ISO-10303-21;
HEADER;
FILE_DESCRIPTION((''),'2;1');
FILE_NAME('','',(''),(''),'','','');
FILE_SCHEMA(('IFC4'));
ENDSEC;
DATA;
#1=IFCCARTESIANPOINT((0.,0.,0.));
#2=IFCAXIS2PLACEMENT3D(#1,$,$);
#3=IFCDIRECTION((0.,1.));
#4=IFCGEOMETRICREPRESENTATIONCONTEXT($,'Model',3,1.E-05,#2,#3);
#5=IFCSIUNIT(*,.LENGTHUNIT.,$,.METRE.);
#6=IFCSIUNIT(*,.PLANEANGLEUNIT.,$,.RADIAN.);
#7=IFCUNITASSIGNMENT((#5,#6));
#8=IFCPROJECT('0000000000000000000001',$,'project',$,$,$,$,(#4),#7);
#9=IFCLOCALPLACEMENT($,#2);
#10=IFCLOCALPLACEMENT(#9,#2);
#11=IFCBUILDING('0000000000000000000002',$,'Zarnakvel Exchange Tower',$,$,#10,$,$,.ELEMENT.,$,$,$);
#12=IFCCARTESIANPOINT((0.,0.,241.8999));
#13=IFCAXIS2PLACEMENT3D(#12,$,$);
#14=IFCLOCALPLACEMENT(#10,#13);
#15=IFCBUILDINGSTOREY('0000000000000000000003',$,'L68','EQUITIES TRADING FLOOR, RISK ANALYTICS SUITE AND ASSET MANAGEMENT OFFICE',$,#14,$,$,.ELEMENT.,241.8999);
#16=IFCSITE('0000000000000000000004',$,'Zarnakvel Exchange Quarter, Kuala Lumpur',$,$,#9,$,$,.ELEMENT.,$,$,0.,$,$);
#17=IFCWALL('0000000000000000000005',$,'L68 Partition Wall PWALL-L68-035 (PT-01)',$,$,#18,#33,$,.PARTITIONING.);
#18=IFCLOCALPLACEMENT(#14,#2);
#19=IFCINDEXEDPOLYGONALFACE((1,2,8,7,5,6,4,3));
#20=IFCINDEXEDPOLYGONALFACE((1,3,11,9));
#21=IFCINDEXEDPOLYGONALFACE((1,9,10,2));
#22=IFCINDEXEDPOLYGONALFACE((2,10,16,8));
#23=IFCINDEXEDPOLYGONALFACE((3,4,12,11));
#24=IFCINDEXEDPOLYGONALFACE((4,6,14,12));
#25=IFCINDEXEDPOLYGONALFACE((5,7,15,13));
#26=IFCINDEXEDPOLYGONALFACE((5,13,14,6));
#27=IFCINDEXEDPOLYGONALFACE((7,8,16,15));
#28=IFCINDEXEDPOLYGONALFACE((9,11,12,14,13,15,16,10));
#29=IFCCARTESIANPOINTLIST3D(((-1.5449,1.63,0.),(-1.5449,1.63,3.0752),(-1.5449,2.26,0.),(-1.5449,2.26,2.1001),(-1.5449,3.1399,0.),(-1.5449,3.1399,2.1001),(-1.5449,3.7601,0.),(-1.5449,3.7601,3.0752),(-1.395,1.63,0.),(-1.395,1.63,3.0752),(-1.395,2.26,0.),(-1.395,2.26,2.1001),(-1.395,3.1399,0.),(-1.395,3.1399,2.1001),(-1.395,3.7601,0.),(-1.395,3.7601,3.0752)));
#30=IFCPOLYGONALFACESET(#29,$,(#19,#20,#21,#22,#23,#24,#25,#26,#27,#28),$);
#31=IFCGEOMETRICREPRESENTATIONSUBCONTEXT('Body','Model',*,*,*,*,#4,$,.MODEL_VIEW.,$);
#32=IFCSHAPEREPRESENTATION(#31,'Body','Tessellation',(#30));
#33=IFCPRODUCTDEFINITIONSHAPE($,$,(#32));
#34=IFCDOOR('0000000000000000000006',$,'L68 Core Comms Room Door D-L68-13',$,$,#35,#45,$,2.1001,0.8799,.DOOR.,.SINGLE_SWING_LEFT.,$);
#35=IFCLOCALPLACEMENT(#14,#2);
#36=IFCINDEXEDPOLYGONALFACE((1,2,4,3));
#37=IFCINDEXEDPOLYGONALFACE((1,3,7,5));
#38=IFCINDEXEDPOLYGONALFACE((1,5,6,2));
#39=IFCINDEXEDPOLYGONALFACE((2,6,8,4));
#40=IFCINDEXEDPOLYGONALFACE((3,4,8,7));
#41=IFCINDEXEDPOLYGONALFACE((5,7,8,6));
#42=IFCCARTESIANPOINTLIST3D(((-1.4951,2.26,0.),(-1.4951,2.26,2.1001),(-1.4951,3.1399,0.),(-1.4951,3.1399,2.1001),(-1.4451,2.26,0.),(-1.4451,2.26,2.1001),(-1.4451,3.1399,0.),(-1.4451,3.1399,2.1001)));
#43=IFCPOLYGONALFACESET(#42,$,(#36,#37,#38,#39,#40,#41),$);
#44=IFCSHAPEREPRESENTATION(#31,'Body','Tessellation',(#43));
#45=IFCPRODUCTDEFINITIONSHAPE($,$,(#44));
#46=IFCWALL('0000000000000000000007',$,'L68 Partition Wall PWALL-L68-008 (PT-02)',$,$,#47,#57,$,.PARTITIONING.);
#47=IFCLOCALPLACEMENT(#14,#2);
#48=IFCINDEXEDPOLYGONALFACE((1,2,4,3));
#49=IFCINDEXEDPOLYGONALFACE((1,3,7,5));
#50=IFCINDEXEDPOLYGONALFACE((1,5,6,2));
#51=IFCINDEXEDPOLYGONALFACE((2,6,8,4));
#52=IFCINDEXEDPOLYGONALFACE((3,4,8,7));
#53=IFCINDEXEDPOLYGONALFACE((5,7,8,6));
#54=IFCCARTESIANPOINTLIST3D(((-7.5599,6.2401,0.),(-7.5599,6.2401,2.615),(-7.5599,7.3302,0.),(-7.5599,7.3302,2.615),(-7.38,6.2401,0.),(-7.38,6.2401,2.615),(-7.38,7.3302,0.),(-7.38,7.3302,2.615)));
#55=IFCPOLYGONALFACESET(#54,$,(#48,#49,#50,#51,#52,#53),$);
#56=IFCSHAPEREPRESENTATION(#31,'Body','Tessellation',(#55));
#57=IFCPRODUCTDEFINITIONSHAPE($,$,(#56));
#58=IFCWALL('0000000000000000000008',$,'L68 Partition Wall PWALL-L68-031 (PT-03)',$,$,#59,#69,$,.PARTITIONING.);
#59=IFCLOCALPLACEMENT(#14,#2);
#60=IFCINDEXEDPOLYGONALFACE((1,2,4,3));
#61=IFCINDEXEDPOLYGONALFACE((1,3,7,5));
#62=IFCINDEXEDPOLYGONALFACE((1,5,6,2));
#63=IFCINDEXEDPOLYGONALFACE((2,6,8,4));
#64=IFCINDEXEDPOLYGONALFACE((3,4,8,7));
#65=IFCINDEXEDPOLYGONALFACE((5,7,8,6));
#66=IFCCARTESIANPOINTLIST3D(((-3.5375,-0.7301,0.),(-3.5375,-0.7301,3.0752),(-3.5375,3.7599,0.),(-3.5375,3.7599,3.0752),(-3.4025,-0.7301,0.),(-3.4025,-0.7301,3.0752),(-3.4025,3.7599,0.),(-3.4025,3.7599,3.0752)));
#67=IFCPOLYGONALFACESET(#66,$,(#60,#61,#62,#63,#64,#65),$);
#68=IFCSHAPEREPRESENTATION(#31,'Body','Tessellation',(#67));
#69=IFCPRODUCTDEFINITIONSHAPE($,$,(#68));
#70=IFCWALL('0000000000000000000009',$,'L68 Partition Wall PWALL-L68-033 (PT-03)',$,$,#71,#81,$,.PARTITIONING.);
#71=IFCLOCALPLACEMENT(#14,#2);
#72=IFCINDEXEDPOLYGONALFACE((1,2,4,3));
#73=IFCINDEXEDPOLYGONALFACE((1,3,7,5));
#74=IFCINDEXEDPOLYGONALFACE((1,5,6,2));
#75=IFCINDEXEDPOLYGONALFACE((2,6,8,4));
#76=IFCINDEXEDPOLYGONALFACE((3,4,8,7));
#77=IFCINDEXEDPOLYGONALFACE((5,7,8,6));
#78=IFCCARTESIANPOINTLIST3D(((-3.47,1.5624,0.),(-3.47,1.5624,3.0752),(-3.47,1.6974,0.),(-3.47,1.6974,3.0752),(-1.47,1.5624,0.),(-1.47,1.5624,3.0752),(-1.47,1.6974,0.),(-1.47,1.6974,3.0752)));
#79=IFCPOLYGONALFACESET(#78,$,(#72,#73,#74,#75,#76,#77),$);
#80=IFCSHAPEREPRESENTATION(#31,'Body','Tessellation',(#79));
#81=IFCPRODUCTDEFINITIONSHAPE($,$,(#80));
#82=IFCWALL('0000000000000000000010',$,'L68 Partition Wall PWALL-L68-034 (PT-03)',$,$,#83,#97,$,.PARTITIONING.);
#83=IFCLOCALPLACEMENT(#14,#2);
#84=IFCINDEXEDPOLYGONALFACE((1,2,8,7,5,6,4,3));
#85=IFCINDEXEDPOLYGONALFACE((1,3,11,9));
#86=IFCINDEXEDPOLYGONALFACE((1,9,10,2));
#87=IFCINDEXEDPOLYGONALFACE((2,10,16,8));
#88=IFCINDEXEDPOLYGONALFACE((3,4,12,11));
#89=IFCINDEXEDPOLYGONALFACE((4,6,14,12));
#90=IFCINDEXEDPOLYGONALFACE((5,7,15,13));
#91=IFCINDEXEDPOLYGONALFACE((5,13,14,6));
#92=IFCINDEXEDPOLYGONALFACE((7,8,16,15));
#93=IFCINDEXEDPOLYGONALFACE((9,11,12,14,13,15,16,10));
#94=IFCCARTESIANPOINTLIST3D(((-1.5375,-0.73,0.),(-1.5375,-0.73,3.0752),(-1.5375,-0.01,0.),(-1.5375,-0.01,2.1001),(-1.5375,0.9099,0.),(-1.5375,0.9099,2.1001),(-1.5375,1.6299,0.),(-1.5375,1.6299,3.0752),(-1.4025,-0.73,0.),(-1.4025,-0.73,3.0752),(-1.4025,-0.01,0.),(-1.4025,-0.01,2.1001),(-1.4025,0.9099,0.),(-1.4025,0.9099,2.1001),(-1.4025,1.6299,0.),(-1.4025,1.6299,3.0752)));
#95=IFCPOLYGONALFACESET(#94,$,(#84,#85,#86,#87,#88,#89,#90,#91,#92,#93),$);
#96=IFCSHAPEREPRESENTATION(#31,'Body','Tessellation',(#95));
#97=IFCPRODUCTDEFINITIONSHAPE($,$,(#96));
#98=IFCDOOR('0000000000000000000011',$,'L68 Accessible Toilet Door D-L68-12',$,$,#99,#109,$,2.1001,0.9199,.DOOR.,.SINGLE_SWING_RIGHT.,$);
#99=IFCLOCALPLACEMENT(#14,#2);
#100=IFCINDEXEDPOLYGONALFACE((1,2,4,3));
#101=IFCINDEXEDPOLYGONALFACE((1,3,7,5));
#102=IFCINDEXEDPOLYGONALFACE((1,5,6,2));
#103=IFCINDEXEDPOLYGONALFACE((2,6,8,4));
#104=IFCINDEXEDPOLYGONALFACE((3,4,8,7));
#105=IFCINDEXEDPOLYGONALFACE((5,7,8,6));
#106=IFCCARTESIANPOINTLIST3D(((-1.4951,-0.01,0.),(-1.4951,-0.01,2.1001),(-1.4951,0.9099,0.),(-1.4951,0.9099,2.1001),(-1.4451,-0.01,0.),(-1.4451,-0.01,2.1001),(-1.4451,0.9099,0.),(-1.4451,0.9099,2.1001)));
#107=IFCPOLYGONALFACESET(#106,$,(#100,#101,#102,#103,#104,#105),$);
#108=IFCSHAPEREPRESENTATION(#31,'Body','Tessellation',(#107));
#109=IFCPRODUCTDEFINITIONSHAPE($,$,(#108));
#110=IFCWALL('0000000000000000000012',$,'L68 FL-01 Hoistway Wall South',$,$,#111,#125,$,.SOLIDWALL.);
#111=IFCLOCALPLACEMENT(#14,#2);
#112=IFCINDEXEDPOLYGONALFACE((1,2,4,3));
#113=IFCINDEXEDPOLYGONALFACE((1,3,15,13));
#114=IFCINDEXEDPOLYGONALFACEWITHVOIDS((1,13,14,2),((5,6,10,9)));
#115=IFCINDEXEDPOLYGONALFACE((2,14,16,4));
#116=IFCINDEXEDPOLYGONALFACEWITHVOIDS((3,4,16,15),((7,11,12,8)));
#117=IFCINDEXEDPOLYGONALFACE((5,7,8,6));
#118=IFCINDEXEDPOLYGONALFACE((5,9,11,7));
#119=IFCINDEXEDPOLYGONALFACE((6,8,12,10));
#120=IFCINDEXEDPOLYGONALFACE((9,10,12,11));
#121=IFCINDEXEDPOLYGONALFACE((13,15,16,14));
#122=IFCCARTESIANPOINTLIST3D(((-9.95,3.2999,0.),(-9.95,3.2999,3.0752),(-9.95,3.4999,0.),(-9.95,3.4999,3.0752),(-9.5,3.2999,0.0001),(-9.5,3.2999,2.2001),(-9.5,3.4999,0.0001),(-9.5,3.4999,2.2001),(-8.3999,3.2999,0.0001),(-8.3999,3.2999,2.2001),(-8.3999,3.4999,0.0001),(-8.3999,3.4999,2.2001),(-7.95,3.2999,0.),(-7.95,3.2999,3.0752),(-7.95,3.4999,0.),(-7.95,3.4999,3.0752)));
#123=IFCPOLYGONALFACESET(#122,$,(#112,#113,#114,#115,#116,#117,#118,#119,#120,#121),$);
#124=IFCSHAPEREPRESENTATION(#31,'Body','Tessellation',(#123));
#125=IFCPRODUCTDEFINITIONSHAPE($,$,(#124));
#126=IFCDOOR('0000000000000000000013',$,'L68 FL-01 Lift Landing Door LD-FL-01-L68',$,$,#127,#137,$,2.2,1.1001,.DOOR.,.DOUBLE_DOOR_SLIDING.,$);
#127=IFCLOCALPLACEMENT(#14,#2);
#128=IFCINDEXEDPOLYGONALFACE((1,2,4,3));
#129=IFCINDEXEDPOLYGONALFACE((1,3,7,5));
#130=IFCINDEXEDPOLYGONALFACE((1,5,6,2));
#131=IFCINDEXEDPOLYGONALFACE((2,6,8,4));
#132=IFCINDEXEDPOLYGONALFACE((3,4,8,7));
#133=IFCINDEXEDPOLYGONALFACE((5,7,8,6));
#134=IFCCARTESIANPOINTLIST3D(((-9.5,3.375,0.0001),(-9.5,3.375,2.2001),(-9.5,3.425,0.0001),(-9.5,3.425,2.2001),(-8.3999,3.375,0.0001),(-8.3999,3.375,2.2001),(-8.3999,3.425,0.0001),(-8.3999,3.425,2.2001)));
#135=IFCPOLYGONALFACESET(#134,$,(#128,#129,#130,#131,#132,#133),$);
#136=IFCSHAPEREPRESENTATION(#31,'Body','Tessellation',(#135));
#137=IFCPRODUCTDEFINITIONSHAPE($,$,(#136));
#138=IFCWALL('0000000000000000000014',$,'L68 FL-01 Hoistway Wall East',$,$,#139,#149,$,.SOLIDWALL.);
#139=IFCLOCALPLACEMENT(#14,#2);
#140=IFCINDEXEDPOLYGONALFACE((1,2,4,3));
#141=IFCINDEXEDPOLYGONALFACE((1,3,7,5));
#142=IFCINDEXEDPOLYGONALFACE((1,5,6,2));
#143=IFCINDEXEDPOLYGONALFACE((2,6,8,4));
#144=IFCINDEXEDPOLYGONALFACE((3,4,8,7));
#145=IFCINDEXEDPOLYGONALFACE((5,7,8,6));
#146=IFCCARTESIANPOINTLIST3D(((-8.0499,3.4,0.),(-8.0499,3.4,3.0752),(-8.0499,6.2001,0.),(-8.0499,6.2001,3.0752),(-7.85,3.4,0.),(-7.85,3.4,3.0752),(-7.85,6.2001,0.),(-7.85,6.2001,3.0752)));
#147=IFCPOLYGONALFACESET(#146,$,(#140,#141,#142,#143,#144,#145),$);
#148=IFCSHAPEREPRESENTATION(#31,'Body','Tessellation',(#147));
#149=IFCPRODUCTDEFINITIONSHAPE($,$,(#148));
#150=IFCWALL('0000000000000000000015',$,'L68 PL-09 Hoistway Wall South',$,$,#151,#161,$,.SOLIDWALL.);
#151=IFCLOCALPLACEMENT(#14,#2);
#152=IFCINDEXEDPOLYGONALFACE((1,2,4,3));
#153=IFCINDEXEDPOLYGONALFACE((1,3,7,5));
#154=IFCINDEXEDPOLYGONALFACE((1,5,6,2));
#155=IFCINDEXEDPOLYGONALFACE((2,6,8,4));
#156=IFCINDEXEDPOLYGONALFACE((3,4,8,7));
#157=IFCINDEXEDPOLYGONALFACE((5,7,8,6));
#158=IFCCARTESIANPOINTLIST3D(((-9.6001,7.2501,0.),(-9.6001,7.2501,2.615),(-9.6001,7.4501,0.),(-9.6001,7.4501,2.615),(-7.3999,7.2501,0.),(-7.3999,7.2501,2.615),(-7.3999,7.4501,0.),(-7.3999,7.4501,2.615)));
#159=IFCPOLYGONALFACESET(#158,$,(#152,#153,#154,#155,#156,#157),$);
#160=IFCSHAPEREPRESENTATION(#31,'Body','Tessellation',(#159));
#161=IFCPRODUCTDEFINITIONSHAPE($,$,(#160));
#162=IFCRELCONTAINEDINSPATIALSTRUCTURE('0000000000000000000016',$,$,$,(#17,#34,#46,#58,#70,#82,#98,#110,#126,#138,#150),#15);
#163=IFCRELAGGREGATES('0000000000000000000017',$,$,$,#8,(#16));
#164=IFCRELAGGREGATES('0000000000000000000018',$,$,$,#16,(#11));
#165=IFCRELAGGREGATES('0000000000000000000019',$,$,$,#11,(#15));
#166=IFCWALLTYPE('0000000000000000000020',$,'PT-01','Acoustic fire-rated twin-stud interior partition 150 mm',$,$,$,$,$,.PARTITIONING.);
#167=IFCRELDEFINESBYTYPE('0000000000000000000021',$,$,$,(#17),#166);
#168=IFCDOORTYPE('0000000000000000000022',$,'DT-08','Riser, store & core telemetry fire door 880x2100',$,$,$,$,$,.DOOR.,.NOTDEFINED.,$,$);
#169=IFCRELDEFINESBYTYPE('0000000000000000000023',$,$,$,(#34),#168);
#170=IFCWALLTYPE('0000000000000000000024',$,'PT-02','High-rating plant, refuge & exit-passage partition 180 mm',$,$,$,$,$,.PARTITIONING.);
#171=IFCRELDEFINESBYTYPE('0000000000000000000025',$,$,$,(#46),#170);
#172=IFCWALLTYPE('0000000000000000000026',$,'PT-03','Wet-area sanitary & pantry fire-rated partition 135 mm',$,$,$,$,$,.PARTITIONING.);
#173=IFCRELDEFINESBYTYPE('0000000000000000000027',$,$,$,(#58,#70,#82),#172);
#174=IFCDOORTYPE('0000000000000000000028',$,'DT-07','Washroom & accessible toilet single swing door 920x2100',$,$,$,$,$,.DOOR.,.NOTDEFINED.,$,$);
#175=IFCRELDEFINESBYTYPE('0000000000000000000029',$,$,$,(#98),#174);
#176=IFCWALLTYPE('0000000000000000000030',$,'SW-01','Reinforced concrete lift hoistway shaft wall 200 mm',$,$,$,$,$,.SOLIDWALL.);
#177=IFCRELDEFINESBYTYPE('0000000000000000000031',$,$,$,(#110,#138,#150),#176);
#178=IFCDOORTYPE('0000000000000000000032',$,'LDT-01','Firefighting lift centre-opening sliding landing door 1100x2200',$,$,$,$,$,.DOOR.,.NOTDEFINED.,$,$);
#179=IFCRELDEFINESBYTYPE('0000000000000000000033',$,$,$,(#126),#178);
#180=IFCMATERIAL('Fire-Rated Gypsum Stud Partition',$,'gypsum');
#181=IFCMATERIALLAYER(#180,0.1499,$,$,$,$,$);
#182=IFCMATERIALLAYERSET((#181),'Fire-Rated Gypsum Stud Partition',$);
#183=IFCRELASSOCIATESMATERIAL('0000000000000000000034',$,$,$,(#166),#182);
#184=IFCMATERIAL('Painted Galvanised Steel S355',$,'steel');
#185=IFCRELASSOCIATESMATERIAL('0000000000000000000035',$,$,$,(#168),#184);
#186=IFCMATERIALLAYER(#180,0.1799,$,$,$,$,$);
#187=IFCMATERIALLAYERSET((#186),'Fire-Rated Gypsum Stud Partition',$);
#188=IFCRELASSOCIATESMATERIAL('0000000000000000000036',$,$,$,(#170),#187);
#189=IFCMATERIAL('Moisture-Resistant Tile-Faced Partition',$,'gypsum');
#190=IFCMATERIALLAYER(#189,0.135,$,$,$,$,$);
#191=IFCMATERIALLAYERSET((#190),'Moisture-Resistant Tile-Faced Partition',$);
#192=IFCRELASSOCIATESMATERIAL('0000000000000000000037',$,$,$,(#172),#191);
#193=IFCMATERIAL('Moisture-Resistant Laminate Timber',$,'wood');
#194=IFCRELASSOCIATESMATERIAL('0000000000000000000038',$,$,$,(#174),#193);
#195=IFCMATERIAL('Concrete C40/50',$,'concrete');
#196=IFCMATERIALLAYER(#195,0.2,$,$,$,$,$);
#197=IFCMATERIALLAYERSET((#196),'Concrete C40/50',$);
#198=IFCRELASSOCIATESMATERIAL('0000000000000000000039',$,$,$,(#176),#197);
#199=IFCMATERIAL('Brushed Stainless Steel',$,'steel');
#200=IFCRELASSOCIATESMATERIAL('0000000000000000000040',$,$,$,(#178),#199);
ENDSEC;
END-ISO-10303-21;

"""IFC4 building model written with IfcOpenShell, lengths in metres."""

from ifc_helpers import new_model, si_unit, direction, frame, frame_2d, origin, place, context, subcontext, project, spatial, rectangle, extrude, source, transform, mapped, material, layer, layer_set, type_object, element, fill, save


model = new_model("IFC4")

# Units and contexts
model_context = context("Model", 3, precision=1e-05, world=origin(), true_north=direction((0.0, 1.0)))
body_context = subcontext(model_context, "Body", "Model", "MODEL_VIEW")
ifc_project = project(units=[si_unit("LENGTHUNIT", "METRE"), si_unit("PLANEANGLEUNIT", "RADIAN")], contexts=[model_context])

# Site, building, storey
site_placement = place(None, origin())
site = spatial("IfcSite", under=ifc_project, at=site_placement, Name="Zarnakvel Exchange Quarter, Kuala Lumpur", CompositionType="ELEMENT", RefElevation=0.0)
building_placement = place(site_placement, origin())
building = spatial("IfcBuilding", under=site, at=building_placement, Name="Zarnakvel Exchange Tower", CompositionType="ELEMENT")
storey_placement = place(building_placement, frame((0.0, 0.0, 241.8999)))
storey = spatial("IfcBuildingStorey", under=building, at=storey_placement, Name="L68", Description="EQUITIES TRADING FLOOR, RISK ANALYTICS SUITE AND ASSET MANAGEMENT OFFICE", CompositionType="ELEMENT", Elevation=241.8999)

# Shared definitions
ifc_material_1 = material(Name="Concrete C40/50", Category="concrete")

# Shared definitions
ifc_material_2 = material(Name="Fire-Rated Gypsum Stud Partition", Category="gypsum")
ifc_layer_1 = layer(ifc_material_2, 0.1499)
ifc_layer_set_1 = layer_set([ifc_layer_1], Name="Fire-Rated Gypsum Stud Partition")
wall_type_1 = type_object("IfcWallType", Name="PT-01", Description="Acoustic fire-rated twin-stud interior partition 150 mm", PredefinedType="PARTITIONING", material=ifc_layer_set_1)

# Shared definitions
ifc_material_3 = material(Name="Painted Galvanised Steel S355", Category="steel")
door_type_1 = type_object("IfcDoorType", Name="DT-08", Description="Riser, store & core telemetry fire door 880x2100", OperationType="NOTDEFINED", PredefinedType="DOOR", material=ifc_material_3)
shared_shape_1 = source(origin(), body_context, "Body", "SweptSolid", [
    extrude(rectangle(XDim=0.8799, YDim=2.1001, at=frame_2d((0.4399, 1.05))), frame((0.0, 0.0249, 0.0), z_axis=(0.0, -1.0, 0.0), x_axis=(1.0, 0.0, 0.0)), (0.0, 0.0, 1.0), 0.05),
])

# Wall, opening, door
wall_1_placement = place(storey_placement, frame((-1.47, 3.76, 0.0), z_axis=(0.0, 0.0, 1.0), x_axis=(0.0, -1.0, 0.0)))
wall_1 = element("IfcWall", 1, at=wall_1_placement, inside=storey, type_object=wall_type_1, Name="L68 Partition Wall PWALL-L68-035 (PT-01)", PredefinedType="PARTITIONING", context=body_context, shape_type="SweptSolid", body=[
    extrude(rectangle(XDim=2.1301, YDim=0.1499, at=frame_2d((1.0649, 0.0))), origin(), (0.0, 0.0, 1.0), 3.0752),
])
opening_1_placement = place(wall_1_placement, frame((0.6201, 0.0, 0.0)))
opening_1 = element("IfcOpeningElement", 2, at=opening_1_placement, cuts=wall_1, PredefinedType="OPENING", context=body_context, shape_type="SweptSolid", body=[
    extrude(rectangle(XDim=0.8799, YDim=2.1001, at=frame_2d((0.4399, 1.05))), frame((0.0, 0.085, 0.0), z_axis=(0.0, -1.0, 0.0), x_axis=(1.0, 0.0, 0.0)), (0.0, 0.0, 1.0), 0.1699),
])
door_1_placement = place(opening_1_placement, origin())
door_1 = element("IfcDoor", 3, at=door_1_placement, inside=storey, type_object=door_type_1, Name="L68 Core Comms Room Door D-L68-13", OperationType="SINGLE_SWING_LEFT", OverallHeight=2.1001, OverallWidth=0.8799, PredefinedType="DOOR", context=body_context, shape_type="MappedRepresentation", body=[
    mapped(shared_shape_1, transform((0.0, 0.0, 0.0), x_axis=(1.0, 0.0, 0.0), y_axis=(0.0, 1.0, 0.0), z_axis=(0.0, 0.0, 1.0), scale=1.0)),
])
fill(opening_1, door_1)

# Walls
ifc_layer_2 = layer(ifc_material_2, 0.1799)
ifc_layer_set_2 = layer_set([ifc_layer_2], Name="Fire-Rated Gypsum Stud Partition")
wall_type_2 = type_object("IfcWallType", Name="PT-02", Description="High-rating plant, refuge & exit-passage partition 180 mm", PredefinedType="PARTITIONING", material=ifc_layer_set_2)
wall_2_placement = place(storey_placement, frame((-7.47, 7.3301, 0.0), z_axis=(0.0, 0.0, 1.0), x_axis=(0.0, -1.0, 0.0)))
element("IfcWall", 4, at=wall_2_placement, inside=storey, type_object=wall_type_2, Name="L68 Partition Wall PWALL-L68-008 (PT-02)", PredefinedType="PARTITIONING", context=body_context, shape_type="SweptSolid", body=[
    extrude(rectangle(XDim=1.0901, YDim=0.1799, at=frame_2d((0.5449, 0.0))), origin(), (0.0, 0.0, 1.0), 2.615),
])
ifc_material_4 = material(Name="Moisture-Resistant Tile-Faced Partition", Category="gypsum")
ifc_layer_3 = layer(ifc_material_4, 0.135)
ifc_layer_set_3 = layer_set([ifc_layer_3], Name="Moisture-Resistant Tile-Faced Partition")
wall_type_3 = type_object("IfcWallType", Name="PT-03", Description="Wet-area sanitary & pantry fire-rated partition 135 mm", PredefinedType="PARTITIONING", material=ifc_layer_set_3)
wall_3_placement = place(storey_placement, frame((-3.47, 3.76, 0.0), z_axis=(0.0, 0.0, 1.0), x_axis=(0.0, -1.0, 0.0)))
element("IfcWall", 5, at=wall_3_placement, inside=storey, type_object=wall_type_3, Name="L68 Partition Wall PWALL-L68-031 (PT-03)", PredefinedType="PARTITIONING", context=body_context, shape_type="SweptSolid", body=[
    extrude(rectangle(XDim=4.49, YDim=0.135, at=frame_2d((2.2451, 0.0))), origin(), (0.0, 0.0, 1.0), 3.0752),
])
wall_4_placement = place(storey_placement, frame((-3.47, 1.6299, 0.0), z_axis=(0.0, 0.0, 1.0), x_axis=(1.0, 0.0, 0.0)))
element("IfcWall", 6, at=wall_4_placement, inside=storey, type_object=wall_type_3, Name="L68 Partition Wall PWALL-L68-033 (PT-03)", PredefinedType="PARTITIONING", context=body_context, shape_type="SweptSolid", body=[
    extrude(rectangle(XDim=2.0, YDim=0.135, at=frame_2d((1.0, 0.0))), origin(), (0.0, 0.0, 1.0), 3.0752),
])

# Walls, openings, doors
wall_5_placement = place(storey_placement, frame((-1.47, 1.6299, 0.0), z_axis=(0.0, 0.0, 1.0), x_axis=(0.0, -1.0, 0.0)))
wall_5 = element("IfcWall", 7, at=wall_5_placement, inside=storey, type_object=wall_type_3, Name="L68 Partition Wall PWALL-L68-034 (PT-03)", PredefinedType="PARTITIONING", context=body_context, shape_type="SweptSolid", body=[
    extrude(rectangle(XDim=2.3599, YDim=0.135, at=frame_2d((1.1799, 0.0))), origin(), (0.0, 0.0, 1.0), 3.0752),
])
opening_2_placement = place(wall_5_placement, frame((0.72, 0.0, 0.0)))
opening_2 = element("IfcOpeningElement", 8, at=opening_2_placement, cuts=wall_5, PredefinedType="OPENING", context=body_context, shape_type="SweptSolid", body=[
    extrude(rectangle(XDim=0.9199, YDim=2.1001, at=frame_2d((0.46, 1.05))), frame((0.0, 0.0774, 0.0), z_axis=(0.0, -1.0, 0.0), x_axis=(1.0, 0.0, 0.0)), (0.0, 0.0, 1.0), 0.155),
])
ifc_material_5 = material(Name="Moisture-Resistant Laminate Timber", Category="wood")
door_type_2 = type_object("IfcDoorType", Name="DT-07", Description="Washroom & accessible toilet single swing door 920x2100", OperationType="NOTDEFINED", PredefinedType="DOOR", material=ifc_material_5)
shared_shape_2 = source(origin(), body_context, "Body", "SweptSolid", [
    extrude(rectangle(XDim=0.9199, YDim=2.1001, at=frame_2d((0.46, 1.05))), frame((0.0, 0.0249, 0.0), z_axis=(0.0, -1.0, 0.0), x_axis=(1.0, 0.0, 0.0)), (0.0, 0.0, 1.0), 0.05),
])
door_2_placement = place(opening_2_placement, origin())
door_2 = element("IfcDoor", 9, at=door_2_placement, inside=storey, type_object=door_type_2, Name="L68 Accessible Toilet Door D-L68-12", OperationType="SINGLE_SWING_RIGHT", OverallHeight=2.1001, OverallWidth=0.9199, PredefinedType="DOOR", context=body_context, shape_type="MappedRepresentation", body=[
    mapped(shared_shape_2, transform((0.0, 0.0, 0.0), x_axis=(1.0, 0.0, 0.0), y_axis=(0.0, 1.0, 0.0), z_axis=(0.0, 0.0, 1.0), scale=1.0)),
])
fill(opening_2, door_2)
ifc_layer_4 = layer(ifc_material_1, 0.2)
ifc_layer_set_4 = layer_set([ifc_layer_4], Name="Concrete C40/50")
wall_type_4 = type_object("IfcWallType", Name="SW-01", Description="Reinforced concrete lift hoistway shaft wall 200 mm", PredefinedType="SOLIDWALL", material=ifc_layer_set_4)
wall_6_placement = place(storey_placement, frame((-7.95, 3.3999, 0.0), z_axis=(0.0, 0.0, 1.0), x_axis=(-1.0, 0.0, 0.0)))
wall_6 = element("IfcWall", 10, at=wall_6_placement, inside=storey, type_object=wall_type_4, Name="L68 FL-01 Hoistway Wall South", PredefinedType="SOLIDWALL", context=body_context, shape_type="SweptSolid", body=[
    extrude(rectangle(XDim=2.0, YDim=0.2, at=frame_2d((1.0, 0.0))), origin(), (0.0, 0.0, 1.0), 3.0752),
])
opening_3_placement = place(wall_6_placement, frame((0.45, 0.0, 0.0)))
opening_3 = element("IfcOpeningElement", 11, at=opening_3_placement, cuts=wall_6, PredefinedType="OPENING", context=body_context, shape_type="SweptSolid", body=[
    extrude(rectangle(XDim=1.1001, YDim=2.2, at=frame_2d((0.55, 1.1001))), frame((0.0, 0.1099, 0.0), z_axis=(0.0, -1.0, 0.0), x_axis=(1.0, 0.0, 0.0)), (0.0, 0.0, 1.0), 0.22),
])
ifc_material_6 = material(Name="Brushed Stainless Steel", Category="steel")
door_type_3 = type_object("IfcDoorType", Name="LDT-01", Description="Firefighting lift centre-opening sliding landing door 1100x2200", OperationType="NOTDEFINED", PredefinedType="DOOR", material=ifc_material_6)
shared_shape_3 = source(origin(), body_context, "Body", "SweptSolid", [
    extrude(rectangle(XDim=1.1001, YDim=2.2, at=frame_2d((0.55, 1.1001))), frame((0.0, 0.0249, 0.0), z_axis=(0.0, -1.0, 0.0), x_axis=(1.0, 0.0, 0.0)), (0.0, 0.0, 1.0), 0.05),
])
door_3_placement = place(opening_3_placement, origin())
door_3 = element("IfcDoor", 12, at=door_3_placement, inside=storey, type_object=door_type_3, Name="L68 FL-01 Lift Landing Door LD-FL-01-L68", OperationType="DOUBLE_DOOR_SLIDING", OverallHeight=2.2, OverallWidth=1.1001, PredefinedType="DOOR", context=body_context, shape_type="MappedRepresentation", body=[
    mapped(shared_shape_3, transform((0.0, 0.0, 0.0), x_axis=(1.0, 0.0, 0.0), y_axis=(0.0, 1.0, 0.0), z_axis=(0.0, 0.0, 1.0), scale=1.0)),
])
fill(opening_3, door_3)

# Walls
wall_7_placement = place(storey_placement, frame((-7.95, 6.2, 0.0), z_axis=(0.0, 0.0, 1.0), x_axis=(0.0, -1.0, 0.0)))
element("IfcWall", 13, at=wall_7_placement, inside=storey, type_object=wall_type_4, Name="L68 FL-01 Hoistway Wall East", PredefinedType="SOLIDWALL", context=body_context, shape_type="SweptSolid", body=[
    extrude(rectangle(XDim=2.8, YDim=0.2, at=frame_2d((1.3999, 0.0))), origin(), (0.0, 0.0, 1.0), 3.0752),
])
for number, where, z_axis, x_axis, name in (
    (14, (-7.3999, 7.3501, 0.0), (0.0, 0.0, 1.0), (-1.0, 0.0, 0.0), "L68 PL-09 Hoistway Wall South"),
):
    element("IfcWall", number, at=place(storey_placement, frame(where, z_axis=z_axis, x_axis=x_axis)), inside=storey, type_object=wall_type_4, Name=name, PredefinedType="SOLIDWALL", context=body_context, shape_type="SweptSolid", body=[
        extrude(rectangle(XDim=2.2002, YDim=0.2, at=frame_2d((1.1001, 0.0))), origin(), (0.0, 0.0, 1.0), 2.615),
    ])

save(model, "model.ifc")
